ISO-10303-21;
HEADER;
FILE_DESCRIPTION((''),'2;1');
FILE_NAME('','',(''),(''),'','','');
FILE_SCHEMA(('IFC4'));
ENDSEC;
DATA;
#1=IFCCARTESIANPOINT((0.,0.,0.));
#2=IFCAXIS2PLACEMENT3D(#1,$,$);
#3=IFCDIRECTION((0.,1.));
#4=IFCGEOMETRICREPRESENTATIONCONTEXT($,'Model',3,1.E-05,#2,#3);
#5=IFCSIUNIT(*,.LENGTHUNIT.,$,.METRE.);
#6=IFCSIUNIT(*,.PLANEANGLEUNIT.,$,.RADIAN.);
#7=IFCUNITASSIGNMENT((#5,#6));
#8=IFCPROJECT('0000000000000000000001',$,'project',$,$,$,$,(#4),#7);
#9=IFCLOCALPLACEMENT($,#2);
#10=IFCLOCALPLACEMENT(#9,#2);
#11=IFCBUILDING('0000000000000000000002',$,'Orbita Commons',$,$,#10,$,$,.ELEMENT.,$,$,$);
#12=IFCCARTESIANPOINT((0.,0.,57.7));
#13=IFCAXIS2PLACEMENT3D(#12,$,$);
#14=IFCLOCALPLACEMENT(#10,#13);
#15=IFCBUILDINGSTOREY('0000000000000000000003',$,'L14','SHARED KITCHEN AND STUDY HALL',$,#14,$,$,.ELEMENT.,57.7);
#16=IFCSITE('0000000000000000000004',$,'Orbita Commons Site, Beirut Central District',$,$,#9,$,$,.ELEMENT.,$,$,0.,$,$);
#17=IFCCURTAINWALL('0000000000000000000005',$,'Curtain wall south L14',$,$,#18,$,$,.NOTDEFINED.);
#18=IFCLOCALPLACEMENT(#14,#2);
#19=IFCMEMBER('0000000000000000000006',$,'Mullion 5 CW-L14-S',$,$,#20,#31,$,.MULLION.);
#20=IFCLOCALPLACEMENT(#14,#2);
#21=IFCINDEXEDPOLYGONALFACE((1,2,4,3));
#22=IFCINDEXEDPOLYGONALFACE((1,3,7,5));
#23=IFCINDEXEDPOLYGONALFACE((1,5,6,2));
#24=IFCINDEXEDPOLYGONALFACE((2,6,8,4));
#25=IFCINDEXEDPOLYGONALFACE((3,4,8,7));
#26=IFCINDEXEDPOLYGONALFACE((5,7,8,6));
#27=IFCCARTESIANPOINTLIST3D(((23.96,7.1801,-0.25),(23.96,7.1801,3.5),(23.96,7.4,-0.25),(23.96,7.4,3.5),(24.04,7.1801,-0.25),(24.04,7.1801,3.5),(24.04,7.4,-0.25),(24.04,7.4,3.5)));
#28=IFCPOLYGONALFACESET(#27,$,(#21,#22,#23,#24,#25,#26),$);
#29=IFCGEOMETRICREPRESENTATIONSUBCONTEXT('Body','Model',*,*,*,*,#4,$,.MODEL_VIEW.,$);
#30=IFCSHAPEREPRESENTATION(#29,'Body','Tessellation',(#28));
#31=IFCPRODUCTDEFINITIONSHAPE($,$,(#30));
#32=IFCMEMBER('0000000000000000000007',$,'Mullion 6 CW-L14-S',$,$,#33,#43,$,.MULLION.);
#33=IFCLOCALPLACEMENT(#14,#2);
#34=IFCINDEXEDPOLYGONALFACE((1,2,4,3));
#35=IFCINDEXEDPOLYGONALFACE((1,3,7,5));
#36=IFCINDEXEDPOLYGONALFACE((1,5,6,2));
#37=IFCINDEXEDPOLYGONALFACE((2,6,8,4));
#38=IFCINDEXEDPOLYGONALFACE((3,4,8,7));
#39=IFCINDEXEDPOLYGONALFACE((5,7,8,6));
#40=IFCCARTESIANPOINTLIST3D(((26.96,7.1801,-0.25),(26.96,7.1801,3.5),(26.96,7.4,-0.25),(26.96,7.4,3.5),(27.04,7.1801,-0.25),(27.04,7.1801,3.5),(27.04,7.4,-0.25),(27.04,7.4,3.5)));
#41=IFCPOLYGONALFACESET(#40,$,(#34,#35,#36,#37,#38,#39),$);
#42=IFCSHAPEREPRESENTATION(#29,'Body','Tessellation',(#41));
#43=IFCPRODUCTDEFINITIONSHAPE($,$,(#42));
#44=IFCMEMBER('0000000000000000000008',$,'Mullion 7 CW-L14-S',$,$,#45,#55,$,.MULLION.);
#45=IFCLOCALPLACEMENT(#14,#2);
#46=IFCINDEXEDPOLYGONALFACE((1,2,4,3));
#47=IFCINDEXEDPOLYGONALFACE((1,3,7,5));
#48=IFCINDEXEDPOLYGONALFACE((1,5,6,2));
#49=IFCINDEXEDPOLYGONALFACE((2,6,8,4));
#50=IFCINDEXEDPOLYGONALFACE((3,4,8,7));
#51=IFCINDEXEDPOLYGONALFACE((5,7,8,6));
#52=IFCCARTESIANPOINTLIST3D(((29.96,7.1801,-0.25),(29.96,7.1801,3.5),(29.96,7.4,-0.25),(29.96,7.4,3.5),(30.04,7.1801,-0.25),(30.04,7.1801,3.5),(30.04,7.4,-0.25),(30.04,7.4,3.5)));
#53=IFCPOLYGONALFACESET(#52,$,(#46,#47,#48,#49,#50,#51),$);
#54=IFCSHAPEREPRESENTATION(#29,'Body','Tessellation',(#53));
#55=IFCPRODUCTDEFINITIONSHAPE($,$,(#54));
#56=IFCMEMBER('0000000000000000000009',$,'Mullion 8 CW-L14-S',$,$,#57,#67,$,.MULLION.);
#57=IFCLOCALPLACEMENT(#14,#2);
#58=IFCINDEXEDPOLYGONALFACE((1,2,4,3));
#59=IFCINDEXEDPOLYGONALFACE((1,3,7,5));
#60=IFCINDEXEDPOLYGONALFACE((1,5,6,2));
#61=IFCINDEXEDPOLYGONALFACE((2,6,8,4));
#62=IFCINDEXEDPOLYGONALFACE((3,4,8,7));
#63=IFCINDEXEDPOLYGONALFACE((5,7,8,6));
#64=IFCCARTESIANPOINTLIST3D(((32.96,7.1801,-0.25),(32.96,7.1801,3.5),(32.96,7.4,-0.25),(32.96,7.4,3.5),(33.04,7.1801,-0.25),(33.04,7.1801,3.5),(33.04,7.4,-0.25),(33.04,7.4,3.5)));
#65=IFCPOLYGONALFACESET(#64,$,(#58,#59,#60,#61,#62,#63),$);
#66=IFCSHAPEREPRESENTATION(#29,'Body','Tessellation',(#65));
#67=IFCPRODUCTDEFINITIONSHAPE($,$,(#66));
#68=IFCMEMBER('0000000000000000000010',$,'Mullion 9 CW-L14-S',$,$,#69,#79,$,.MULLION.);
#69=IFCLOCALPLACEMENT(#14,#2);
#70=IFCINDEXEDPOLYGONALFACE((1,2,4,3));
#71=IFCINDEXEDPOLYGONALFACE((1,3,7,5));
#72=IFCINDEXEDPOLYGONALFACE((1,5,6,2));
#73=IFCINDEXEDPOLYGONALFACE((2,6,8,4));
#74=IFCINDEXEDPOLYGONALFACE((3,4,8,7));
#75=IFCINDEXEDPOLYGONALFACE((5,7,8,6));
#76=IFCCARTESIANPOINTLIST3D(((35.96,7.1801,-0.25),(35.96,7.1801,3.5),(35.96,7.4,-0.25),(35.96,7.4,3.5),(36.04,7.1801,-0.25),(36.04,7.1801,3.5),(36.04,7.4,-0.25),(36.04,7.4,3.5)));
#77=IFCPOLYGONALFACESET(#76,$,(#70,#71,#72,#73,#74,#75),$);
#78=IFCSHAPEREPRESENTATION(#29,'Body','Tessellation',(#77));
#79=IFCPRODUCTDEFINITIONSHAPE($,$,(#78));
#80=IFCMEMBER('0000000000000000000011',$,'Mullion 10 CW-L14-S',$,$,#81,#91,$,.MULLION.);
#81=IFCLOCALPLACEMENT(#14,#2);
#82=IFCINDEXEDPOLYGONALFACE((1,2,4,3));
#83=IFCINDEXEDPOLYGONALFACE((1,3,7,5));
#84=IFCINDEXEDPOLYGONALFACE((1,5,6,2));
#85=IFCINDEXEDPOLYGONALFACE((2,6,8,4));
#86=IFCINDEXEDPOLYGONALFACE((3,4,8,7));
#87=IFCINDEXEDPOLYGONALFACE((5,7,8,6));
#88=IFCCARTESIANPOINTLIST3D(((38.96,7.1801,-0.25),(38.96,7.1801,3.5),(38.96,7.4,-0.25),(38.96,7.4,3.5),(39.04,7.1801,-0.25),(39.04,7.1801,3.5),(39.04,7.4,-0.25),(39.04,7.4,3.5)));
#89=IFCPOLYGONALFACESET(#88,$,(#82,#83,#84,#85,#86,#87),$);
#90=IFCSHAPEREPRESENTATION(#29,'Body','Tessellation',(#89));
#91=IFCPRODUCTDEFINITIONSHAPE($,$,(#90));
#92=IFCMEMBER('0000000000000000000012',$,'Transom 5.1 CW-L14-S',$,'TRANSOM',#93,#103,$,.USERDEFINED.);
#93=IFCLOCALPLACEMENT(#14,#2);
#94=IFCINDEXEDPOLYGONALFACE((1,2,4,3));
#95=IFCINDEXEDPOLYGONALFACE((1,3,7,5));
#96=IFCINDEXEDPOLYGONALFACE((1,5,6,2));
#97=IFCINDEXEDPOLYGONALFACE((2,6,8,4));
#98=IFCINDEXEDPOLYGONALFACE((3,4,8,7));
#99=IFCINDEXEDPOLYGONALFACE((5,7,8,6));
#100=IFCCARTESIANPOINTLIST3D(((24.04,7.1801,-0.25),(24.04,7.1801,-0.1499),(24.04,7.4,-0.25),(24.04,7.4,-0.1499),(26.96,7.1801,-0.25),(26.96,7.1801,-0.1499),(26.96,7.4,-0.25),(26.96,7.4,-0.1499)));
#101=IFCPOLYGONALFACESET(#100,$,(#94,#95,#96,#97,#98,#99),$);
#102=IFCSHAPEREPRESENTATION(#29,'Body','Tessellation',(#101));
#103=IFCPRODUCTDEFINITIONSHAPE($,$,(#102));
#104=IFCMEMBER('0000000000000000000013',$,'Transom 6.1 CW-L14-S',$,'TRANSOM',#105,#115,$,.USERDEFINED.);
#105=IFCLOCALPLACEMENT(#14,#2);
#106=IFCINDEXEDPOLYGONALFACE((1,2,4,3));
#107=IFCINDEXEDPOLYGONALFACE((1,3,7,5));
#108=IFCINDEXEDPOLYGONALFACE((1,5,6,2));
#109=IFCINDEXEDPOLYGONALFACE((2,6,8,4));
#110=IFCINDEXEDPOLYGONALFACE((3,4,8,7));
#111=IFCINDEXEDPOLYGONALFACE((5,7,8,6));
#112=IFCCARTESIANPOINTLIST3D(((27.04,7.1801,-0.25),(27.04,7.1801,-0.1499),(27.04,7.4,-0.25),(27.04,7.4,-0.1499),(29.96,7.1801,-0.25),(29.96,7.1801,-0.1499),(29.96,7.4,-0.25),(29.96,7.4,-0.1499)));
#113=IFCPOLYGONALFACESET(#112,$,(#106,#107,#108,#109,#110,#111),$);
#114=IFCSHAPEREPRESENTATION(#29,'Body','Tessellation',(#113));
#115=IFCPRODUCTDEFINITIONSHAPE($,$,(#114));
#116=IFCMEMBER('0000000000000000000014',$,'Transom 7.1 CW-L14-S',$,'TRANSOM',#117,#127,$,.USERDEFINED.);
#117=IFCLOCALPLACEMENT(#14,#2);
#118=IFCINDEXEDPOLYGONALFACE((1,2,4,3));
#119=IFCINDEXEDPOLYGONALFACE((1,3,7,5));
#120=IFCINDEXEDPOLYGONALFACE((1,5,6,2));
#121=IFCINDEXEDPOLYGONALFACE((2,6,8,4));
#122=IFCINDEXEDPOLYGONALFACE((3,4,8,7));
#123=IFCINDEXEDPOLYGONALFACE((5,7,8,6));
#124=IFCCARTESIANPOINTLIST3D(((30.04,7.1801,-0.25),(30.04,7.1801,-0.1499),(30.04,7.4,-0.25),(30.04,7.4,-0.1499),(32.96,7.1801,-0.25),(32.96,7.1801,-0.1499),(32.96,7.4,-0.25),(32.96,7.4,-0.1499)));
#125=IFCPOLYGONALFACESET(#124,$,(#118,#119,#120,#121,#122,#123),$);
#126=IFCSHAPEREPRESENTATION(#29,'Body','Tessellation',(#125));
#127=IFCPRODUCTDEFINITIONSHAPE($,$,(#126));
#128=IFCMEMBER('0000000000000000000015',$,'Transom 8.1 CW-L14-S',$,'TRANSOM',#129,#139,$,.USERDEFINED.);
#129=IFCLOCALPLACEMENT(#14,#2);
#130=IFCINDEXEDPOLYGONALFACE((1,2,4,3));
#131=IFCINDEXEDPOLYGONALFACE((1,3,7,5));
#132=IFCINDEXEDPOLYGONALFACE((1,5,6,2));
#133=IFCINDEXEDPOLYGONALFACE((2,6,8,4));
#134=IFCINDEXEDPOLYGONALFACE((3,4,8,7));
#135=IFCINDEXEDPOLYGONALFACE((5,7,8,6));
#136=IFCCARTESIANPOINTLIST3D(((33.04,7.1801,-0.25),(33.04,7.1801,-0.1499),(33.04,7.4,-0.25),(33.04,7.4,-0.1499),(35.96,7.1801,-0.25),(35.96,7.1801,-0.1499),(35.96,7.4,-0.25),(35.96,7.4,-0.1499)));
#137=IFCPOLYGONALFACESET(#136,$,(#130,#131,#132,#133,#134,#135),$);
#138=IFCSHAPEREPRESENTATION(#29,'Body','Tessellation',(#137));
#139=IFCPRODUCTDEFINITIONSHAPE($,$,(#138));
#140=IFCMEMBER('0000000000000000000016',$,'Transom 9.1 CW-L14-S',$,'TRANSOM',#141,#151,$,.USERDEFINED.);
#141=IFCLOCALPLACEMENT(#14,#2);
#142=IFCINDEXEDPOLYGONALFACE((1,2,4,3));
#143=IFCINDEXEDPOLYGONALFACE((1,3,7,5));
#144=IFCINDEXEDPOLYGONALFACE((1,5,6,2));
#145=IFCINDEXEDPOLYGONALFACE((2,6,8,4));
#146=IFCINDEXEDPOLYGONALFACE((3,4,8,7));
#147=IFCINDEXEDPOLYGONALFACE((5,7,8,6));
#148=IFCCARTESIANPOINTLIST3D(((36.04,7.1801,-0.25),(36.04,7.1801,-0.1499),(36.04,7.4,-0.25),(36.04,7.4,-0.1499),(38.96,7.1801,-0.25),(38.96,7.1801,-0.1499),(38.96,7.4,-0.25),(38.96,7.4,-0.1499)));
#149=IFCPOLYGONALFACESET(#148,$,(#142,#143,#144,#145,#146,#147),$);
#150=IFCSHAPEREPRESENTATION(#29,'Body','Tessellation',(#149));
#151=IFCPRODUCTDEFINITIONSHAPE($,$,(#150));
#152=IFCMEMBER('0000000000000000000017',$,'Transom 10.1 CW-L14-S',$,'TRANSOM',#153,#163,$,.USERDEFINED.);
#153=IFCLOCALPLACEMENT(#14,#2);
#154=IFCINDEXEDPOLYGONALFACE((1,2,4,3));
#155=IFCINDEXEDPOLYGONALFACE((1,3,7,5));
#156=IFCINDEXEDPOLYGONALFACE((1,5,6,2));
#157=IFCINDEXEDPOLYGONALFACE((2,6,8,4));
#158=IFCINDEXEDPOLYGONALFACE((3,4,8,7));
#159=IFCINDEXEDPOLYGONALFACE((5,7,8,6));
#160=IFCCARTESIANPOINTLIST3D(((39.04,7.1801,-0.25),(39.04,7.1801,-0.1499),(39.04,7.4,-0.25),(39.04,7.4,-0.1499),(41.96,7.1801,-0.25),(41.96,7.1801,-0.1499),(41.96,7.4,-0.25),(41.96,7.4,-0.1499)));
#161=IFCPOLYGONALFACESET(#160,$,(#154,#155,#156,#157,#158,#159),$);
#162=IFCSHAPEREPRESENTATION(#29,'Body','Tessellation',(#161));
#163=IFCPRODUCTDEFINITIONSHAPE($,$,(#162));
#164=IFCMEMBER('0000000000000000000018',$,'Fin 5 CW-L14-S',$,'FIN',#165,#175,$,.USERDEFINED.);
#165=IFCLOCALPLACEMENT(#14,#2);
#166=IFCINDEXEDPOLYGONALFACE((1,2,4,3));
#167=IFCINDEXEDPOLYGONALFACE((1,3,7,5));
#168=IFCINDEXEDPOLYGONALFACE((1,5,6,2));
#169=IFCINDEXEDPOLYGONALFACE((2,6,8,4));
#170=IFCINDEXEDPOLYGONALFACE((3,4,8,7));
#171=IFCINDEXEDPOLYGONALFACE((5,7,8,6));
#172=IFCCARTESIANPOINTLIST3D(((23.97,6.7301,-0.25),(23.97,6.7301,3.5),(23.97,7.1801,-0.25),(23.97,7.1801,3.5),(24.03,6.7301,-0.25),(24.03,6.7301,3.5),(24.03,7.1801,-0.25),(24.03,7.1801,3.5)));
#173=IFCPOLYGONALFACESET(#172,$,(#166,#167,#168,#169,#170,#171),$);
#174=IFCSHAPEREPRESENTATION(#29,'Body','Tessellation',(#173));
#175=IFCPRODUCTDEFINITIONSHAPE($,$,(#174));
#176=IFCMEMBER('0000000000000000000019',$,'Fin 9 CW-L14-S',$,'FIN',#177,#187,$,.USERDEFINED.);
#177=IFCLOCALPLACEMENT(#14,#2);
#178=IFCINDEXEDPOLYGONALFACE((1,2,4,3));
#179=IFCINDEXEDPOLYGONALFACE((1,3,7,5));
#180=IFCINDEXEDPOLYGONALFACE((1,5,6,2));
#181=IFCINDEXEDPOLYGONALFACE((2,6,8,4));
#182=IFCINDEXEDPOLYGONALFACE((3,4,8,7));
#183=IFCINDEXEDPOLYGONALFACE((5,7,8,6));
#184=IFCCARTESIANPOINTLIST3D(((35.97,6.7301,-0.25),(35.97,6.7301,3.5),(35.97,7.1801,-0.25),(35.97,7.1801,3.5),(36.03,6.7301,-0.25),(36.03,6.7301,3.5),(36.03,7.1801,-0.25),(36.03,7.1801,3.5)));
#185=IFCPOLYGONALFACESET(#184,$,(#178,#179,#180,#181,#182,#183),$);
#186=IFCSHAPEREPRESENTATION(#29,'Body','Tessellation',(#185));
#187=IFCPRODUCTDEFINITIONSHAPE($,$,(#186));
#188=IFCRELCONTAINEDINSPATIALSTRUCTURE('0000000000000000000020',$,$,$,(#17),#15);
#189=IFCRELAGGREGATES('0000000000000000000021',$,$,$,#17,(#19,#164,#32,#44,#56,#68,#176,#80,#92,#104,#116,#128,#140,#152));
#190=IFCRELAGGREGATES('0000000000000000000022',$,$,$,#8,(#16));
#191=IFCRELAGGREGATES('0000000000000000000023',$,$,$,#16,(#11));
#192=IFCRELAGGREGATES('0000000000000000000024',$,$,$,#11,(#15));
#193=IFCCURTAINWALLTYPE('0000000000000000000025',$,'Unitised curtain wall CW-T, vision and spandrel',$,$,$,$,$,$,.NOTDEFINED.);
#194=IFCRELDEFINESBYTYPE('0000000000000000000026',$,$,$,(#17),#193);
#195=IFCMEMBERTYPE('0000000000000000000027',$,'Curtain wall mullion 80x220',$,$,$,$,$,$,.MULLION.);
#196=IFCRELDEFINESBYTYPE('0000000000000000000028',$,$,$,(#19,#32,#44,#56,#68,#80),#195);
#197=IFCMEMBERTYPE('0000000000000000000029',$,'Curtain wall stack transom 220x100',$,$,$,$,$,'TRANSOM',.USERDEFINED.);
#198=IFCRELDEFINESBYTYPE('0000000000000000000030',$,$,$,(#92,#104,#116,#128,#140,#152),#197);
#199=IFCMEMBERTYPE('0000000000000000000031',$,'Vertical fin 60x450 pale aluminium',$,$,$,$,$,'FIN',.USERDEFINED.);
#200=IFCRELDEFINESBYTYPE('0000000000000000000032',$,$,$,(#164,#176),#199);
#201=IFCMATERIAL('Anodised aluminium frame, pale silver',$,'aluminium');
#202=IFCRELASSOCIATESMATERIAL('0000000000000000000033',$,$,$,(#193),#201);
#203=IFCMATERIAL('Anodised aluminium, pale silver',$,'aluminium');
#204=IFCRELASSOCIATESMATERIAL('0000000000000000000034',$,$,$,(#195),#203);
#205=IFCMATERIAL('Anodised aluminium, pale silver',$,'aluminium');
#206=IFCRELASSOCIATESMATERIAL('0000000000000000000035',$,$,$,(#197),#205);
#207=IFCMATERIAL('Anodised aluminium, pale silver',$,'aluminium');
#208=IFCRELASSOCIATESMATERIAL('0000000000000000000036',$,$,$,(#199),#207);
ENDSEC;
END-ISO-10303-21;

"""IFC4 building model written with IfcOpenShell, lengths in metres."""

from ifc_helpers import new_model, si_unit, direction, frame, origin, origin_2d, place, context, subcontext, project, spatial, rectangle, extrude, material, material_profile, profile_set, type_object, element, aggregate, save


model = new_model("IFC4")

# Units and contexts
model_context = context("Model", 3, precision=1e-05, world=origin(), true_north=direction((0.0, 1.0)))
body_context = subcontext(model_context, "Body", "Model", "MODEL_VIEW")
ifc_project = project(units=[si_unit("LENGTHUNIT", "METRE"), si_unit("PLANEANGLEUNIT", "RADIAN")], contexts=[model_context])

# Site, building, storey
site_placement = place(None, origin())
site = spatial("IfcSite", under=ifc_project, at=site_placement, Name="Orbita Commons Site, Beirut Central District", CompositionType="ELEMENT", RefElevation=0.0)
building_placement = place(site_placement, origin())
building = spatial("IfcBuilding", under=site, at=building_placement, Name="Orbita Commons", CompositionType="ELEMENT")
storey_placement = place(building_placement, frame((0.0, 0.0, 57.7)))
storey = spatial("IfcBuildingStorey", under=building, at=storey_placement, Name="L14", Description="SHARED KITCHEN AND STUDY HALL", CompositionType="ELEMENT", Elevation=57.7)

# Curtain wall, members
ifc_material_1 = material(Name="Anodised aluminium frame, pale silver", Category="aluminium")
curtain_wall_type = type_object("IfcCurtainWallType", Name="Unitised curtain wall CW-T, vision and spandrel", PredefinedType="NOTDEFINED", material=ifc_material_1)
curtain_wall_placement = place(storey_placement, origin())
curtain_wall = element("IfcCurtainWall", 1, at=curtain_wall_placement, inside=storey, type_object=curtain_wall_type, Name="Curtain wall south L14", PredefinedType="NOTDEFINED")
ifc_material_2 = material(Name="Anodised aluminium, pale silver", Category="aluminium")
ifc_material_profile_1 = material_profile(ifc_material_2, rectangle(XDim=0.0801, YDim=0.22, at=origin_2d()), Name="AL 80x220")
ifc_profile_set_1 = profile_set([ifc_material_profile_1], Name="Anodised aluminium, pale silver")
member_type_1 = type_object("IfcMemberType", Name="Curtain wall mullion 80x220", PredefinedType="MULLION", material=ifc_profile_set_1)
member_1_placement = place(storey_placement, frame((24.0, 7.29, -0.25), z_axis=(0.0, 0.0, 1.0), x_axis=(1.0, 0.0, 0.0)))
member_1 = element("IfcMember", 2, at=member_1_placement, type_object=member_type_1, Name="Mullion 5 CW-L14-S", PredefinedType="MULLION", context=body_context, shape_type="SweptSolid", body=[
    extrude(rectangle(XDim=0.0801, YDim=0.22, at=origin_2d()), origin(), (0.0, 0.0, 1.0), 3.75),
])
member_2_placement = place(storey_placement, frame((27.0, 7.29, -0.25), z_axis=(0.0, 0.0, 1.0), x_axis=(1.0, 0.0, 0.0)))
member_2 = element("IfcMember", 3, at=member_2_placement, type_object=member_type_1, Name="Mullion 6 CW-L14-S", PredefinedType="MULLION", context=body_context, shape_type="SweptSolid", body=[
    extrude(rectangle(XDim=0.0801, YDim=0.22, at=origin_2d()), origin(), (0.0, 0.0, 1.0), 3.75),
])
member_3_placement = place(storey_placement, frame((30.0, 7.29, -0.25), z_axis=(0.0, 0.0, 1.0), x_axis=(1.0, 0.0, 0.0)))
member_3 = element("IfcMember", 4, at=member_3_placement, type_object=member_type_1, Name="Mullion 7 CW-L14-S", PredefinedType="MULLION", context=body_context, shape_type="SweptSolid", body=[
    extrude(rectangle(XDim=0.0801, YDim=0.22, at=origin_2d()), origin(), (0.0, 0.0, 1.0), 3.75),
])
member_4_placement = place(storey_placement, frame((33.0, 7.29, -0.25), z_axis=(0.0, 0.0, 1.0), x_axis=(1.0, 0.0, 0.0)))
member_4 = element("IfcMember", 5, at=member_4_placement, type_object=member_type_1, Name="Mullion 8 CW-L14-S", PredefinedType="MULLION", context=body_context, shape_type="SweptSolid", body=[
    extrude(rectangle(XDim=0.0801, YDim=0.22, at=origin_2d()), origin(), (0.0, 0.0, 1.0), 3.75),
])
member_5_placement = place(storey_placement, frame((36.0, 7.29, -0.25), z_axis=(0.0, 0.0, 1.0), x_axis=(1.0, 0.0, 0.0)))
member_5 = element("IfcMember", 6, at=member_5_placement, type_object=member_type_1, Name="Mullion 9 CW-L14-S", PredefinedType="MULLION", context=body_context, shape_type="SweptSolid", body=[
    extrude(rectangle(XDim=0.0801, YDim=0.22, at=origin_2d()), origin(), (0.0, 0.0, 1.0), 3.75),
])
member_6_placement = place(storey_placement, frame((39.0, 7.29, -0.25), z_axis=(0.0, 0.0, 1.0), x_axis=(1.0, 0.0, 0.0)))
member_6 = element("IfcMember", 7, at=member_6_placement, type_object=member_type_1, Name="Mullion 10 CW-L14-S", PredefinedType="MULLION", context=body_context, shape_type="SweptSolid", body=[
    extrude(rectangle(XDim=0.0801, YDim=0.22, at=origin_2d()), origin(), (0.0, 0.0, 1.0), 3.75),
])
ifc_material_3 = material(Name="Anodised aluminium, pale silver", Category="aluminium")
ifc_material_profile_2 = material_profile(ifc_material_3, rectangle(XDim=0.22, YDim=0.1001, at=origin_2d()), Name="AL 220x100")
ifc_profile_set_2 = profile_set([ifc_material_profile_2], Name="Anodised aluminium, pale silver")
member_type_2 = type_object("IfcMemberType", Name="Curtain wall stack transom 220x100", ElementType="TRANSOM", PredefinedType="USERDEFINED", material=ifc_profile_set_2)
member_7_placement = place(storey_placement, frame((24.04, 7.29, -0.2), z_axis=(1.0, 0.0, 0.0), x_axis=(0.0, 1.0, 0.0)))
member_7 = element("IfcMember", 8, at=member_7_placement, type_object=member_type_2, Name="Transom 5.1 CW-L14-S", ObjectType="TRANSOM", PredefinedType="USERDEFINED", context=body_context, shape_type="SweptSolid", body=[
    extrude(rectangle(XDim=0.22, YDim=0.1001, at=origin_2d()), origin(), (0.0, 0.0, 1.0), 2.9199),
])
member_8_placement = place(storey_placement, frame((27.04, 7.29, -0.2), z_axis=(1.0, 0.0, 0.0), x_axis=(0.0, 1.0, 0.0)))
member_8 = element("IfcMember", 9, at=member_8_placement, type_object=member_type_2, Name="Transom 6.1 CW-L14-S", ObjectType="TRANSOM", PredefinedType="USERDEFINED", context=body_context, shape_type="SweptSolid", body=[
    extrude(rectangle(XDim=0.22, YDim=0.1001, at=origin_2d()), origin(), (0.0, 0.0, 1.0), 2.9199),
])
member_9_placement = place(storey_placement, frame((30.04, 7.29, -0.2), z_axis=(1.0, 0.0, 0.0), x_axis=(0.0, 1.0, 0.0)))
member_9 = element("IfcMember", 10, at=member_9_placement, type_object=member_type_2, Name="Transom 7.1 CW-L14-S", ObjectType="TRANSOM", PredefinedType="USERDEFINED", context=body_context, shape_type="SweptSolid", body=[
    extrude(rectangle(XDim=0.22, YDim=0.1001, at=origin_2d()), origin(), (0.0, 0.0, 1.0), 2.9199),
])
member_10_placement = place(storey_placement, frame((33.04, 7.29, -0.2), z_axis=(1.0, 0.0, 0.0), x_axis=(0.0, 1.0, 0.0)))
member_10 = element("IfcMember", 11, at=member_10_placement, type_object=member_type_2, Name="Transom 8.1 CW-L14-S", ObjectType="TRANSOM", PredefinedType="USERDEFINED", context=body_context, shape_type="SweptSolid", body=[
    extrude(rectangle(XDim=0.22, YDim=0.1001, at=origin_2d()), origin(), (0.0, 0.0, 1.0), 2.9199),
])
member_11_placement = place(storey_placement, frame((36.04, 7.29, -0.2), z_axis=(1.0, 0.0, 0.0), x_axis=(0.0, 1.0, 0.0)))
member_11 = element("IfcMember", 12, at=member_11_placement, type_object=member_type_2, Name="Transom 9.1 CW-L14-S", ObjectType="TRANSOM", PredefinedType="USERDEFINED", context=body_context, shape_type="SweptSolid", body=[
    extrude(rectangle(XDim=0.22, YDim=0.1001, at=origin_2d()), origin(), (0.0, 0.0, 1.0), 2.9199),
])
member_12_placement = place(storey_placement, frame((39.04, 7.29, -0.2), z_axis=(1.0, 0.0, 0.0), x_axis=(0.0, 1.0, 0.0)))
member_12 = element("IfcMember", 13, at=member_12_placement, type_object=member_type_2, Name="Transom 10.1 CW-L14-S", ObjectType="TRANSOM", PredefinedType="USERDEFINED", context=body_context, shape_type="SweptSolid", body=[
    extrude(rectangle(XDim=0.22, YDim=0.1001, at=origin_2d()), origin(), (0.0, 0.0, 1.0), 2.9199),
])
ifc_material_4 = material(Name="Anodised aluminium, pale silver", Category="aluminium")
ifc_material_profile_3 = material_profile(ifc_material_4, rectangle(XDim=0.0601, YDim=0.45, at=origin_2d()), Name="FIN 60x450")
ifc_profile_set_3 = profile_set([ifc_material_profile_3], Name="Anodised aluminium, pale silver")
member_type_3 = type_object("IfcMemberType", Name="Vertical fin 60x450 pale aluminium", ElementType="FIN", PredefinedType="USERDEFINED", material=ifc_profile_set_3)
member_13_placement = place(storey_placement, frame((24.0, 6.9551, -0.25), z_axis=(0.0, 0.0, 1.0), x_axis=(1.0, 0.0, 0.0)))
member_13 = element("IfcMember", 14, at=member_13_placement, type_object=member_type_3, Name="Fin 5 CW-L14-S", ObjectType="FIN", PredefinedType="USERDEFINED", context=body_context, shape_type="SweptSolid", body=[
    extrude(rectangle(XDim=0.0601, YDim=0.45, at=origin_2d()), origin(), (0.0, 0.0, 1.0), 3.75),
])
member_14_placement = place(storey_placement, frame((36.0, 6.9551, -0.25), z_axis=(0.0, 0.0, 1.0), x_axis=(1.0, 0.0, 0.0)))
member_14 = element("IfcMember", 15, at=member_14_placement, type_object=member_type_3, Name="Fin 9 CW-L14-S", ObjectType="FIN", PredefinedType="USERDEFINED", context=body_context, shape_type="SweptSolid", body=[
    extrude(rectangle(XDim=0.0601, YDim=0.45, at=origin_2d()), origin(), (0.0, 0.0, 1.0), 3.75),
])
aggregate(curtain_wall, [member_1, member_13, member_2, member_3, member_4, member_5, member_14, member_6, member_7, member_8, member_9, member_10, member_11, member_12])

save(model, "model.ifc")
